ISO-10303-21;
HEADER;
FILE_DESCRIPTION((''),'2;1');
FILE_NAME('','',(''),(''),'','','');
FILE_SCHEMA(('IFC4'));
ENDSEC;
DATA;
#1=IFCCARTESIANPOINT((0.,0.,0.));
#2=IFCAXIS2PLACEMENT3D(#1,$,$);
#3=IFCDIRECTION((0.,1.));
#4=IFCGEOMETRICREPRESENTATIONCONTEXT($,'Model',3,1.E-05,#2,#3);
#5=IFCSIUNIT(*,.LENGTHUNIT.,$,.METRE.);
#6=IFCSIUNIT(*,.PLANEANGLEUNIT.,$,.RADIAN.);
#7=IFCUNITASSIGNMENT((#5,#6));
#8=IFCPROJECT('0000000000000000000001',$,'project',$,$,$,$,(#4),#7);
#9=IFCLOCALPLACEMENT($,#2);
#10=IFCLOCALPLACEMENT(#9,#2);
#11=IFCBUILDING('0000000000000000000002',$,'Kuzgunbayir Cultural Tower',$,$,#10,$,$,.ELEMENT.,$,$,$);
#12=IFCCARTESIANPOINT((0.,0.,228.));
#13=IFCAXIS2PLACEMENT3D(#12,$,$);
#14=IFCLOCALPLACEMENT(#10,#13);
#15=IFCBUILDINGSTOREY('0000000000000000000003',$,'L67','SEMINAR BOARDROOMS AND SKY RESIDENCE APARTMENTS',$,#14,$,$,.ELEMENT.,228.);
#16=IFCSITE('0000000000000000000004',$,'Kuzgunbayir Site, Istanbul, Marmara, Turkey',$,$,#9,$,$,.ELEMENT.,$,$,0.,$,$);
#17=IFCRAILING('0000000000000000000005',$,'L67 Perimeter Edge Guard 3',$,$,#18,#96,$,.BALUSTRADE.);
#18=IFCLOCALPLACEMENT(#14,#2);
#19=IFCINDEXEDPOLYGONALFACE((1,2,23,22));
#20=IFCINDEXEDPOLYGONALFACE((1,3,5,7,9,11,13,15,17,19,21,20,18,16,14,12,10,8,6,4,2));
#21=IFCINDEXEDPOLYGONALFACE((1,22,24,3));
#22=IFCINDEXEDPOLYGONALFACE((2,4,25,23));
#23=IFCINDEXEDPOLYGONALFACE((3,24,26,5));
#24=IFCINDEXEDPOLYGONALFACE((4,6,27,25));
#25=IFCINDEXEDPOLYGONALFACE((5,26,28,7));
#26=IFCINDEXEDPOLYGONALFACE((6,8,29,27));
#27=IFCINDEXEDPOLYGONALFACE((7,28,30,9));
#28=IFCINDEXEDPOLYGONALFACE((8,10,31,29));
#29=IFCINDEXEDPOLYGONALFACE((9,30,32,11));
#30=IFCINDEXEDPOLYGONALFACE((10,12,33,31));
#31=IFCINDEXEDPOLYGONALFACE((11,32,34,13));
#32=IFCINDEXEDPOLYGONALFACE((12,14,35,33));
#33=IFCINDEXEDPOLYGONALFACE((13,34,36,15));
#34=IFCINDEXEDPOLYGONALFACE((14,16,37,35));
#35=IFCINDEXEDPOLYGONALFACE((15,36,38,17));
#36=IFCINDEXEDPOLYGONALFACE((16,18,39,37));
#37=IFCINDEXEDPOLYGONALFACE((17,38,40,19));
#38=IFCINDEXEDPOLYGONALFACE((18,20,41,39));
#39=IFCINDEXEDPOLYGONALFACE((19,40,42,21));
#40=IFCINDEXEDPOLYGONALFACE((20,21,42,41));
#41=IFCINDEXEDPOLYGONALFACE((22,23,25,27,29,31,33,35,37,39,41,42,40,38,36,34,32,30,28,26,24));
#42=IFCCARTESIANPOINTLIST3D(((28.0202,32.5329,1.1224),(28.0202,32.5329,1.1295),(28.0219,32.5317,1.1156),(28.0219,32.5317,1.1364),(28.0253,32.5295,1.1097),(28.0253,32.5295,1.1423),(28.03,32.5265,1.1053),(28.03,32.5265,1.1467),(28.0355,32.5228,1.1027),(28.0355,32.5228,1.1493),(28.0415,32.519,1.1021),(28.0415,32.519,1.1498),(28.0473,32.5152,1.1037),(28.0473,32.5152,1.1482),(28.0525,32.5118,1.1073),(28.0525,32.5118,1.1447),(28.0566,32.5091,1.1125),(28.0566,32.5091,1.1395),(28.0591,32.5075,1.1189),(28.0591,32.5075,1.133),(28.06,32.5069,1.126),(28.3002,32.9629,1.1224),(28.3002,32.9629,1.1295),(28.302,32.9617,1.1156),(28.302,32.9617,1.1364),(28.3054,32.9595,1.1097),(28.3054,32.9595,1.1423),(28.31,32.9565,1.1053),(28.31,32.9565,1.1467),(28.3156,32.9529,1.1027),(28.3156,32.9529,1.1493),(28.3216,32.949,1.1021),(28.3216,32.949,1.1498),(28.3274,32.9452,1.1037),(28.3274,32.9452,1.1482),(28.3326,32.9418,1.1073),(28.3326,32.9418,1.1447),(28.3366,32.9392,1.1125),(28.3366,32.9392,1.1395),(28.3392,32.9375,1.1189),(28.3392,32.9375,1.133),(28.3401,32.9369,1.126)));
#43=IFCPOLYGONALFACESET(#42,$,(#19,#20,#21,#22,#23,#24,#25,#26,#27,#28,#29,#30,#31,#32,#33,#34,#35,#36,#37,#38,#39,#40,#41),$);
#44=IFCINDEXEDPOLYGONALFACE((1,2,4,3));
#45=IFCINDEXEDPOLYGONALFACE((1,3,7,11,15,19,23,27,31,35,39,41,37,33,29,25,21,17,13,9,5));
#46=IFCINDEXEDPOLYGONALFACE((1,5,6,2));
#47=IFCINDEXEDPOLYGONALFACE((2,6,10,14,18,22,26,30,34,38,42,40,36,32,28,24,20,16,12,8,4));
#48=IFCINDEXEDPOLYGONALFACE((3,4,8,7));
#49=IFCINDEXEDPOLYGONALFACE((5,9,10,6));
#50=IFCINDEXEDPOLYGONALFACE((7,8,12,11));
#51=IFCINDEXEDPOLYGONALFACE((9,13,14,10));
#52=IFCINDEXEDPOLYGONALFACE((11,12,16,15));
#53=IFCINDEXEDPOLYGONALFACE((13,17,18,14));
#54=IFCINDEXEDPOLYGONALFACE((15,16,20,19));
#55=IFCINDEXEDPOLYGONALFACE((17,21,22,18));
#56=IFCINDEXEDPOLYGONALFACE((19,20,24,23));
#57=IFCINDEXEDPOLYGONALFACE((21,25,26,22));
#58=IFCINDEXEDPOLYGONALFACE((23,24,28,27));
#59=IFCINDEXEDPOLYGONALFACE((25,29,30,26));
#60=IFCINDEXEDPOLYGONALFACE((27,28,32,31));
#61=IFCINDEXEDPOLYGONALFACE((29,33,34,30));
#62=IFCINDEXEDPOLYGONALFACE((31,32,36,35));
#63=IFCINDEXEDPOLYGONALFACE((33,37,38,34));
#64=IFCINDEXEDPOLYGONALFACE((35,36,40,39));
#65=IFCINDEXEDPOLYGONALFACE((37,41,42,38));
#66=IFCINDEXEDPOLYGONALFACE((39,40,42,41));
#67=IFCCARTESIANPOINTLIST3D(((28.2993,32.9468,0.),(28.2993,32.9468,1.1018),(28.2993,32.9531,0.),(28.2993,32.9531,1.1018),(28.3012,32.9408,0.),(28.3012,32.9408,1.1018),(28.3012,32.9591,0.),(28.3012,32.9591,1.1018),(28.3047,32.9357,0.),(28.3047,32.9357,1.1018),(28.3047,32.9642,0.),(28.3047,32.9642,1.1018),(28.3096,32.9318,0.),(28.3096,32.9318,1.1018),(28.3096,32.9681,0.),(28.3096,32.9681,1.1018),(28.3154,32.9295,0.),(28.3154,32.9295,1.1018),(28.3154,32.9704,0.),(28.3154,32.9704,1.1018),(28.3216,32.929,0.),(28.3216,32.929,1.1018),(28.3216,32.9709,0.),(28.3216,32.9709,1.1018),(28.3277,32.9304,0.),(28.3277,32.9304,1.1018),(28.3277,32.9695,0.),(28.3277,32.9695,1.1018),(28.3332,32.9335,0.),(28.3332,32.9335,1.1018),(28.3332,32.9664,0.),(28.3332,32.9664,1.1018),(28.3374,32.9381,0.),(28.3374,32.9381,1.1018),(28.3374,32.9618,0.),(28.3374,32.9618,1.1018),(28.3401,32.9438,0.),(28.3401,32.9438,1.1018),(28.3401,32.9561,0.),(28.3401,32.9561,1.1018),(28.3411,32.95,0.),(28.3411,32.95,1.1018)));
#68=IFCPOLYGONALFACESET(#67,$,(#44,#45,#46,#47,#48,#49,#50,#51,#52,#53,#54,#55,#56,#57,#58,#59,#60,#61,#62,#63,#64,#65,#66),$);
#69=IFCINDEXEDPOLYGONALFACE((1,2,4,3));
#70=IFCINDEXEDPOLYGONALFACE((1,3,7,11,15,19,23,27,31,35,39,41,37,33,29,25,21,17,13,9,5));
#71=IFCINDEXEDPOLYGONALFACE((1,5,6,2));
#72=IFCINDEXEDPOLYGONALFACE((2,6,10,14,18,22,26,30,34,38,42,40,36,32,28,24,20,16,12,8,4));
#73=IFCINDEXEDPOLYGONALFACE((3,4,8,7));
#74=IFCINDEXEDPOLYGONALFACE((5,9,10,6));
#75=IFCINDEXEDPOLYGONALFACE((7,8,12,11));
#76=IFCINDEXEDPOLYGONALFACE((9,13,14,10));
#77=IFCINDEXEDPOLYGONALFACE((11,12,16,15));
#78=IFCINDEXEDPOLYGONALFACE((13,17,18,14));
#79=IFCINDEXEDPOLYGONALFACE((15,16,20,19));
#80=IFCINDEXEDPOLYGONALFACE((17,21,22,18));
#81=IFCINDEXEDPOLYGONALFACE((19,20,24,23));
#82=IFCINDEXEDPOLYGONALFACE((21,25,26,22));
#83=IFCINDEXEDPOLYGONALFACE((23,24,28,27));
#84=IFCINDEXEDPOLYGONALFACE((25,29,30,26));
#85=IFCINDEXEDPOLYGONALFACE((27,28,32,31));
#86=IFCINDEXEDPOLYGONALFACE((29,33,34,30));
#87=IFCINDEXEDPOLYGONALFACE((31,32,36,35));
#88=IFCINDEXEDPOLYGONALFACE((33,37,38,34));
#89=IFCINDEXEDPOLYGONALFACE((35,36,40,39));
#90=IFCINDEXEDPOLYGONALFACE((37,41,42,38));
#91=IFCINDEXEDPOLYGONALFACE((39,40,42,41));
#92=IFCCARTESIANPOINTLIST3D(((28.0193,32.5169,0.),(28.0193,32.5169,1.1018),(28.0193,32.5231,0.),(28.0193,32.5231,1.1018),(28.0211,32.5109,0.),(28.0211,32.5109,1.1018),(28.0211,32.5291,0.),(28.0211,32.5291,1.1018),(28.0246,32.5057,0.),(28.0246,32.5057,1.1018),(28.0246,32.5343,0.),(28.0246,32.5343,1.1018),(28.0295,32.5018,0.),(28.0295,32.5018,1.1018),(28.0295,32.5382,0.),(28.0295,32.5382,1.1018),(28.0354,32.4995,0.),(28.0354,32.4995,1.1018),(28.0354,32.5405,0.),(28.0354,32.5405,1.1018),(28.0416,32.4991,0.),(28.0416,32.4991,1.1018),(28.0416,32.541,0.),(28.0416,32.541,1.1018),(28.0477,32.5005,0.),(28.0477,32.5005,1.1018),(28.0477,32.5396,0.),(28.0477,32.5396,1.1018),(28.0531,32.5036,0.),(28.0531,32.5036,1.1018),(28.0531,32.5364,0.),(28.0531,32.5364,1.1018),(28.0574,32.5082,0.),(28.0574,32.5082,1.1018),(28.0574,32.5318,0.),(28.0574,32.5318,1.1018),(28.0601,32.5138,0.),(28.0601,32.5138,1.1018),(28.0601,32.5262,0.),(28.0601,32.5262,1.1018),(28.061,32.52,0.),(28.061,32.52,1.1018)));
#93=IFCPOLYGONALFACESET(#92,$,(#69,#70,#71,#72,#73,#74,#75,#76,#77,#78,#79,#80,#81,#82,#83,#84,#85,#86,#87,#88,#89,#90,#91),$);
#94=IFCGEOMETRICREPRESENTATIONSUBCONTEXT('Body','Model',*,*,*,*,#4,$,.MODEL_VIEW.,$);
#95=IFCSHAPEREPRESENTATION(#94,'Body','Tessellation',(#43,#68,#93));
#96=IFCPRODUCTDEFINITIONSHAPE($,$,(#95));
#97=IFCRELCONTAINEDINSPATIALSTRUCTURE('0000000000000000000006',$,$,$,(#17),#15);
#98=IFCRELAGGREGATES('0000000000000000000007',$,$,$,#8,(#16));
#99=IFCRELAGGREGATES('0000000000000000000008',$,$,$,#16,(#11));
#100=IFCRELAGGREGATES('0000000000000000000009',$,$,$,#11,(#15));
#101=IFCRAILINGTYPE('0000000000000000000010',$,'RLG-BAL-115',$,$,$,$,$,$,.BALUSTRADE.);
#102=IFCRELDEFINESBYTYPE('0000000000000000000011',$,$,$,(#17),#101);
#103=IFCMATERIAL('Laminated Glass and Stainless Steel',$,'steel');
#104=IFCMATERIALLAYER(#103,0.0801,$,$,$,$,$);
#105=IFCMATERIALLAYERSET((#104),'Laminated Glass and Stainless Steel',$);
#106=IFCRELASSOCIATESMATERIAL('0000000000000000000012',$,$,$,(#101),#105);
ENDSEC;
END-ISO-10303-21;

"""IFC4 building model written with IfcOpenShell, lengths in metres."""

from ifc_helpers import new_model, si_unit, direction, frame, origin, origin_2d, place, context, subcontext, project, spatial, circle, extrude, material, layer, layer_set, type_object, element, save


model = new_model("IFC4")

# Units and contexts
model_context = context("Model", 3, precision=1e-05, world=origin(), true_north=direction((0.0, 1.0)))
body_context = subcontext(model_context, "Body", "Model", "MODEL_VIEW")
ifc_project = project(units=[si_unit("LENGTHUNIT", "METRE"), si_unit("PLANEANGLEUNIT", "RADIAN")], contexts=[model_context])

# Site, building, storey
site_placement = place(None, origin())
site = spatial("IfcSite", under=ifc_project, at=site_placement, Name="Kuzgunbayir Site, Istanbul, Marmara, Turkey", CompositionType="ELEMENT", RefElevation=0.0)
building_placement = place(site_placement, origin())
building = spatial("IfcBuilding", under=site, at=building_placement, Name="Kuzgunbayir Cultural Tower", CompositionType="ELEMENT")
storey_placement = place(building_placement, frame((0.0, 0.0, 228.0)))
storey = spatial("IfcBuildingStorey", under=building, at=storey_placement, Name="L67", Description="SEMINAR BOARDROOMS AND SKY RESIDENCE APARTMENTS", CompositionType="ELEMENT", Elevation=228.0)

# Railing
ifc_material_1 = material(Name="Laminated Glass and Stainless Steel", Category="steel")
ifc_layer_1 = layer(ifc_material_1, 0.0801)
ifc_layer_set_1 = layer_set([ifc_layer_1], Name="Laminated Glass and Stainless Steel")
railing_type_1 = type_object("IfcRailingType", Name="RLG-BAL-115", PredefinedType="BALUSTRADE", material=ifc_layer_set_1)
railing_1_placement = place(storey_placement, frame((28.3201, 32.95, 0.0)))
element("IfcRailing", 1, at=railing_1_placement, inside=storey, type_object=railing_type_1, Name="L67 Perimeter Edge Guard 3", PredefinedType="BALUSTRADE", context=body_context, shape_type="SweptSolid", body=[
    extrude(circle(Radius=0.0239, at=origin_2d()), frame((0.0, 0.0, 1.126), z_axis=(-0.545774, -0.837932, 0.0), x_axis=(0.837932, -0.545774, 0.0)), (0.0, 0.0, 1.0), 0.5132),
    extrude(circle(Radius=0.021, at=origin_2d()), origin(), (0.0, 0.0, 1.0), 1.1018),
    extrude(circle(Radius=0.021, at=origin_2d()), frame((-0.28, -0.4299, 0.0)), (0.0, 0.0, 1.0), 1.1018),
])

save(model, "model.ifc")
